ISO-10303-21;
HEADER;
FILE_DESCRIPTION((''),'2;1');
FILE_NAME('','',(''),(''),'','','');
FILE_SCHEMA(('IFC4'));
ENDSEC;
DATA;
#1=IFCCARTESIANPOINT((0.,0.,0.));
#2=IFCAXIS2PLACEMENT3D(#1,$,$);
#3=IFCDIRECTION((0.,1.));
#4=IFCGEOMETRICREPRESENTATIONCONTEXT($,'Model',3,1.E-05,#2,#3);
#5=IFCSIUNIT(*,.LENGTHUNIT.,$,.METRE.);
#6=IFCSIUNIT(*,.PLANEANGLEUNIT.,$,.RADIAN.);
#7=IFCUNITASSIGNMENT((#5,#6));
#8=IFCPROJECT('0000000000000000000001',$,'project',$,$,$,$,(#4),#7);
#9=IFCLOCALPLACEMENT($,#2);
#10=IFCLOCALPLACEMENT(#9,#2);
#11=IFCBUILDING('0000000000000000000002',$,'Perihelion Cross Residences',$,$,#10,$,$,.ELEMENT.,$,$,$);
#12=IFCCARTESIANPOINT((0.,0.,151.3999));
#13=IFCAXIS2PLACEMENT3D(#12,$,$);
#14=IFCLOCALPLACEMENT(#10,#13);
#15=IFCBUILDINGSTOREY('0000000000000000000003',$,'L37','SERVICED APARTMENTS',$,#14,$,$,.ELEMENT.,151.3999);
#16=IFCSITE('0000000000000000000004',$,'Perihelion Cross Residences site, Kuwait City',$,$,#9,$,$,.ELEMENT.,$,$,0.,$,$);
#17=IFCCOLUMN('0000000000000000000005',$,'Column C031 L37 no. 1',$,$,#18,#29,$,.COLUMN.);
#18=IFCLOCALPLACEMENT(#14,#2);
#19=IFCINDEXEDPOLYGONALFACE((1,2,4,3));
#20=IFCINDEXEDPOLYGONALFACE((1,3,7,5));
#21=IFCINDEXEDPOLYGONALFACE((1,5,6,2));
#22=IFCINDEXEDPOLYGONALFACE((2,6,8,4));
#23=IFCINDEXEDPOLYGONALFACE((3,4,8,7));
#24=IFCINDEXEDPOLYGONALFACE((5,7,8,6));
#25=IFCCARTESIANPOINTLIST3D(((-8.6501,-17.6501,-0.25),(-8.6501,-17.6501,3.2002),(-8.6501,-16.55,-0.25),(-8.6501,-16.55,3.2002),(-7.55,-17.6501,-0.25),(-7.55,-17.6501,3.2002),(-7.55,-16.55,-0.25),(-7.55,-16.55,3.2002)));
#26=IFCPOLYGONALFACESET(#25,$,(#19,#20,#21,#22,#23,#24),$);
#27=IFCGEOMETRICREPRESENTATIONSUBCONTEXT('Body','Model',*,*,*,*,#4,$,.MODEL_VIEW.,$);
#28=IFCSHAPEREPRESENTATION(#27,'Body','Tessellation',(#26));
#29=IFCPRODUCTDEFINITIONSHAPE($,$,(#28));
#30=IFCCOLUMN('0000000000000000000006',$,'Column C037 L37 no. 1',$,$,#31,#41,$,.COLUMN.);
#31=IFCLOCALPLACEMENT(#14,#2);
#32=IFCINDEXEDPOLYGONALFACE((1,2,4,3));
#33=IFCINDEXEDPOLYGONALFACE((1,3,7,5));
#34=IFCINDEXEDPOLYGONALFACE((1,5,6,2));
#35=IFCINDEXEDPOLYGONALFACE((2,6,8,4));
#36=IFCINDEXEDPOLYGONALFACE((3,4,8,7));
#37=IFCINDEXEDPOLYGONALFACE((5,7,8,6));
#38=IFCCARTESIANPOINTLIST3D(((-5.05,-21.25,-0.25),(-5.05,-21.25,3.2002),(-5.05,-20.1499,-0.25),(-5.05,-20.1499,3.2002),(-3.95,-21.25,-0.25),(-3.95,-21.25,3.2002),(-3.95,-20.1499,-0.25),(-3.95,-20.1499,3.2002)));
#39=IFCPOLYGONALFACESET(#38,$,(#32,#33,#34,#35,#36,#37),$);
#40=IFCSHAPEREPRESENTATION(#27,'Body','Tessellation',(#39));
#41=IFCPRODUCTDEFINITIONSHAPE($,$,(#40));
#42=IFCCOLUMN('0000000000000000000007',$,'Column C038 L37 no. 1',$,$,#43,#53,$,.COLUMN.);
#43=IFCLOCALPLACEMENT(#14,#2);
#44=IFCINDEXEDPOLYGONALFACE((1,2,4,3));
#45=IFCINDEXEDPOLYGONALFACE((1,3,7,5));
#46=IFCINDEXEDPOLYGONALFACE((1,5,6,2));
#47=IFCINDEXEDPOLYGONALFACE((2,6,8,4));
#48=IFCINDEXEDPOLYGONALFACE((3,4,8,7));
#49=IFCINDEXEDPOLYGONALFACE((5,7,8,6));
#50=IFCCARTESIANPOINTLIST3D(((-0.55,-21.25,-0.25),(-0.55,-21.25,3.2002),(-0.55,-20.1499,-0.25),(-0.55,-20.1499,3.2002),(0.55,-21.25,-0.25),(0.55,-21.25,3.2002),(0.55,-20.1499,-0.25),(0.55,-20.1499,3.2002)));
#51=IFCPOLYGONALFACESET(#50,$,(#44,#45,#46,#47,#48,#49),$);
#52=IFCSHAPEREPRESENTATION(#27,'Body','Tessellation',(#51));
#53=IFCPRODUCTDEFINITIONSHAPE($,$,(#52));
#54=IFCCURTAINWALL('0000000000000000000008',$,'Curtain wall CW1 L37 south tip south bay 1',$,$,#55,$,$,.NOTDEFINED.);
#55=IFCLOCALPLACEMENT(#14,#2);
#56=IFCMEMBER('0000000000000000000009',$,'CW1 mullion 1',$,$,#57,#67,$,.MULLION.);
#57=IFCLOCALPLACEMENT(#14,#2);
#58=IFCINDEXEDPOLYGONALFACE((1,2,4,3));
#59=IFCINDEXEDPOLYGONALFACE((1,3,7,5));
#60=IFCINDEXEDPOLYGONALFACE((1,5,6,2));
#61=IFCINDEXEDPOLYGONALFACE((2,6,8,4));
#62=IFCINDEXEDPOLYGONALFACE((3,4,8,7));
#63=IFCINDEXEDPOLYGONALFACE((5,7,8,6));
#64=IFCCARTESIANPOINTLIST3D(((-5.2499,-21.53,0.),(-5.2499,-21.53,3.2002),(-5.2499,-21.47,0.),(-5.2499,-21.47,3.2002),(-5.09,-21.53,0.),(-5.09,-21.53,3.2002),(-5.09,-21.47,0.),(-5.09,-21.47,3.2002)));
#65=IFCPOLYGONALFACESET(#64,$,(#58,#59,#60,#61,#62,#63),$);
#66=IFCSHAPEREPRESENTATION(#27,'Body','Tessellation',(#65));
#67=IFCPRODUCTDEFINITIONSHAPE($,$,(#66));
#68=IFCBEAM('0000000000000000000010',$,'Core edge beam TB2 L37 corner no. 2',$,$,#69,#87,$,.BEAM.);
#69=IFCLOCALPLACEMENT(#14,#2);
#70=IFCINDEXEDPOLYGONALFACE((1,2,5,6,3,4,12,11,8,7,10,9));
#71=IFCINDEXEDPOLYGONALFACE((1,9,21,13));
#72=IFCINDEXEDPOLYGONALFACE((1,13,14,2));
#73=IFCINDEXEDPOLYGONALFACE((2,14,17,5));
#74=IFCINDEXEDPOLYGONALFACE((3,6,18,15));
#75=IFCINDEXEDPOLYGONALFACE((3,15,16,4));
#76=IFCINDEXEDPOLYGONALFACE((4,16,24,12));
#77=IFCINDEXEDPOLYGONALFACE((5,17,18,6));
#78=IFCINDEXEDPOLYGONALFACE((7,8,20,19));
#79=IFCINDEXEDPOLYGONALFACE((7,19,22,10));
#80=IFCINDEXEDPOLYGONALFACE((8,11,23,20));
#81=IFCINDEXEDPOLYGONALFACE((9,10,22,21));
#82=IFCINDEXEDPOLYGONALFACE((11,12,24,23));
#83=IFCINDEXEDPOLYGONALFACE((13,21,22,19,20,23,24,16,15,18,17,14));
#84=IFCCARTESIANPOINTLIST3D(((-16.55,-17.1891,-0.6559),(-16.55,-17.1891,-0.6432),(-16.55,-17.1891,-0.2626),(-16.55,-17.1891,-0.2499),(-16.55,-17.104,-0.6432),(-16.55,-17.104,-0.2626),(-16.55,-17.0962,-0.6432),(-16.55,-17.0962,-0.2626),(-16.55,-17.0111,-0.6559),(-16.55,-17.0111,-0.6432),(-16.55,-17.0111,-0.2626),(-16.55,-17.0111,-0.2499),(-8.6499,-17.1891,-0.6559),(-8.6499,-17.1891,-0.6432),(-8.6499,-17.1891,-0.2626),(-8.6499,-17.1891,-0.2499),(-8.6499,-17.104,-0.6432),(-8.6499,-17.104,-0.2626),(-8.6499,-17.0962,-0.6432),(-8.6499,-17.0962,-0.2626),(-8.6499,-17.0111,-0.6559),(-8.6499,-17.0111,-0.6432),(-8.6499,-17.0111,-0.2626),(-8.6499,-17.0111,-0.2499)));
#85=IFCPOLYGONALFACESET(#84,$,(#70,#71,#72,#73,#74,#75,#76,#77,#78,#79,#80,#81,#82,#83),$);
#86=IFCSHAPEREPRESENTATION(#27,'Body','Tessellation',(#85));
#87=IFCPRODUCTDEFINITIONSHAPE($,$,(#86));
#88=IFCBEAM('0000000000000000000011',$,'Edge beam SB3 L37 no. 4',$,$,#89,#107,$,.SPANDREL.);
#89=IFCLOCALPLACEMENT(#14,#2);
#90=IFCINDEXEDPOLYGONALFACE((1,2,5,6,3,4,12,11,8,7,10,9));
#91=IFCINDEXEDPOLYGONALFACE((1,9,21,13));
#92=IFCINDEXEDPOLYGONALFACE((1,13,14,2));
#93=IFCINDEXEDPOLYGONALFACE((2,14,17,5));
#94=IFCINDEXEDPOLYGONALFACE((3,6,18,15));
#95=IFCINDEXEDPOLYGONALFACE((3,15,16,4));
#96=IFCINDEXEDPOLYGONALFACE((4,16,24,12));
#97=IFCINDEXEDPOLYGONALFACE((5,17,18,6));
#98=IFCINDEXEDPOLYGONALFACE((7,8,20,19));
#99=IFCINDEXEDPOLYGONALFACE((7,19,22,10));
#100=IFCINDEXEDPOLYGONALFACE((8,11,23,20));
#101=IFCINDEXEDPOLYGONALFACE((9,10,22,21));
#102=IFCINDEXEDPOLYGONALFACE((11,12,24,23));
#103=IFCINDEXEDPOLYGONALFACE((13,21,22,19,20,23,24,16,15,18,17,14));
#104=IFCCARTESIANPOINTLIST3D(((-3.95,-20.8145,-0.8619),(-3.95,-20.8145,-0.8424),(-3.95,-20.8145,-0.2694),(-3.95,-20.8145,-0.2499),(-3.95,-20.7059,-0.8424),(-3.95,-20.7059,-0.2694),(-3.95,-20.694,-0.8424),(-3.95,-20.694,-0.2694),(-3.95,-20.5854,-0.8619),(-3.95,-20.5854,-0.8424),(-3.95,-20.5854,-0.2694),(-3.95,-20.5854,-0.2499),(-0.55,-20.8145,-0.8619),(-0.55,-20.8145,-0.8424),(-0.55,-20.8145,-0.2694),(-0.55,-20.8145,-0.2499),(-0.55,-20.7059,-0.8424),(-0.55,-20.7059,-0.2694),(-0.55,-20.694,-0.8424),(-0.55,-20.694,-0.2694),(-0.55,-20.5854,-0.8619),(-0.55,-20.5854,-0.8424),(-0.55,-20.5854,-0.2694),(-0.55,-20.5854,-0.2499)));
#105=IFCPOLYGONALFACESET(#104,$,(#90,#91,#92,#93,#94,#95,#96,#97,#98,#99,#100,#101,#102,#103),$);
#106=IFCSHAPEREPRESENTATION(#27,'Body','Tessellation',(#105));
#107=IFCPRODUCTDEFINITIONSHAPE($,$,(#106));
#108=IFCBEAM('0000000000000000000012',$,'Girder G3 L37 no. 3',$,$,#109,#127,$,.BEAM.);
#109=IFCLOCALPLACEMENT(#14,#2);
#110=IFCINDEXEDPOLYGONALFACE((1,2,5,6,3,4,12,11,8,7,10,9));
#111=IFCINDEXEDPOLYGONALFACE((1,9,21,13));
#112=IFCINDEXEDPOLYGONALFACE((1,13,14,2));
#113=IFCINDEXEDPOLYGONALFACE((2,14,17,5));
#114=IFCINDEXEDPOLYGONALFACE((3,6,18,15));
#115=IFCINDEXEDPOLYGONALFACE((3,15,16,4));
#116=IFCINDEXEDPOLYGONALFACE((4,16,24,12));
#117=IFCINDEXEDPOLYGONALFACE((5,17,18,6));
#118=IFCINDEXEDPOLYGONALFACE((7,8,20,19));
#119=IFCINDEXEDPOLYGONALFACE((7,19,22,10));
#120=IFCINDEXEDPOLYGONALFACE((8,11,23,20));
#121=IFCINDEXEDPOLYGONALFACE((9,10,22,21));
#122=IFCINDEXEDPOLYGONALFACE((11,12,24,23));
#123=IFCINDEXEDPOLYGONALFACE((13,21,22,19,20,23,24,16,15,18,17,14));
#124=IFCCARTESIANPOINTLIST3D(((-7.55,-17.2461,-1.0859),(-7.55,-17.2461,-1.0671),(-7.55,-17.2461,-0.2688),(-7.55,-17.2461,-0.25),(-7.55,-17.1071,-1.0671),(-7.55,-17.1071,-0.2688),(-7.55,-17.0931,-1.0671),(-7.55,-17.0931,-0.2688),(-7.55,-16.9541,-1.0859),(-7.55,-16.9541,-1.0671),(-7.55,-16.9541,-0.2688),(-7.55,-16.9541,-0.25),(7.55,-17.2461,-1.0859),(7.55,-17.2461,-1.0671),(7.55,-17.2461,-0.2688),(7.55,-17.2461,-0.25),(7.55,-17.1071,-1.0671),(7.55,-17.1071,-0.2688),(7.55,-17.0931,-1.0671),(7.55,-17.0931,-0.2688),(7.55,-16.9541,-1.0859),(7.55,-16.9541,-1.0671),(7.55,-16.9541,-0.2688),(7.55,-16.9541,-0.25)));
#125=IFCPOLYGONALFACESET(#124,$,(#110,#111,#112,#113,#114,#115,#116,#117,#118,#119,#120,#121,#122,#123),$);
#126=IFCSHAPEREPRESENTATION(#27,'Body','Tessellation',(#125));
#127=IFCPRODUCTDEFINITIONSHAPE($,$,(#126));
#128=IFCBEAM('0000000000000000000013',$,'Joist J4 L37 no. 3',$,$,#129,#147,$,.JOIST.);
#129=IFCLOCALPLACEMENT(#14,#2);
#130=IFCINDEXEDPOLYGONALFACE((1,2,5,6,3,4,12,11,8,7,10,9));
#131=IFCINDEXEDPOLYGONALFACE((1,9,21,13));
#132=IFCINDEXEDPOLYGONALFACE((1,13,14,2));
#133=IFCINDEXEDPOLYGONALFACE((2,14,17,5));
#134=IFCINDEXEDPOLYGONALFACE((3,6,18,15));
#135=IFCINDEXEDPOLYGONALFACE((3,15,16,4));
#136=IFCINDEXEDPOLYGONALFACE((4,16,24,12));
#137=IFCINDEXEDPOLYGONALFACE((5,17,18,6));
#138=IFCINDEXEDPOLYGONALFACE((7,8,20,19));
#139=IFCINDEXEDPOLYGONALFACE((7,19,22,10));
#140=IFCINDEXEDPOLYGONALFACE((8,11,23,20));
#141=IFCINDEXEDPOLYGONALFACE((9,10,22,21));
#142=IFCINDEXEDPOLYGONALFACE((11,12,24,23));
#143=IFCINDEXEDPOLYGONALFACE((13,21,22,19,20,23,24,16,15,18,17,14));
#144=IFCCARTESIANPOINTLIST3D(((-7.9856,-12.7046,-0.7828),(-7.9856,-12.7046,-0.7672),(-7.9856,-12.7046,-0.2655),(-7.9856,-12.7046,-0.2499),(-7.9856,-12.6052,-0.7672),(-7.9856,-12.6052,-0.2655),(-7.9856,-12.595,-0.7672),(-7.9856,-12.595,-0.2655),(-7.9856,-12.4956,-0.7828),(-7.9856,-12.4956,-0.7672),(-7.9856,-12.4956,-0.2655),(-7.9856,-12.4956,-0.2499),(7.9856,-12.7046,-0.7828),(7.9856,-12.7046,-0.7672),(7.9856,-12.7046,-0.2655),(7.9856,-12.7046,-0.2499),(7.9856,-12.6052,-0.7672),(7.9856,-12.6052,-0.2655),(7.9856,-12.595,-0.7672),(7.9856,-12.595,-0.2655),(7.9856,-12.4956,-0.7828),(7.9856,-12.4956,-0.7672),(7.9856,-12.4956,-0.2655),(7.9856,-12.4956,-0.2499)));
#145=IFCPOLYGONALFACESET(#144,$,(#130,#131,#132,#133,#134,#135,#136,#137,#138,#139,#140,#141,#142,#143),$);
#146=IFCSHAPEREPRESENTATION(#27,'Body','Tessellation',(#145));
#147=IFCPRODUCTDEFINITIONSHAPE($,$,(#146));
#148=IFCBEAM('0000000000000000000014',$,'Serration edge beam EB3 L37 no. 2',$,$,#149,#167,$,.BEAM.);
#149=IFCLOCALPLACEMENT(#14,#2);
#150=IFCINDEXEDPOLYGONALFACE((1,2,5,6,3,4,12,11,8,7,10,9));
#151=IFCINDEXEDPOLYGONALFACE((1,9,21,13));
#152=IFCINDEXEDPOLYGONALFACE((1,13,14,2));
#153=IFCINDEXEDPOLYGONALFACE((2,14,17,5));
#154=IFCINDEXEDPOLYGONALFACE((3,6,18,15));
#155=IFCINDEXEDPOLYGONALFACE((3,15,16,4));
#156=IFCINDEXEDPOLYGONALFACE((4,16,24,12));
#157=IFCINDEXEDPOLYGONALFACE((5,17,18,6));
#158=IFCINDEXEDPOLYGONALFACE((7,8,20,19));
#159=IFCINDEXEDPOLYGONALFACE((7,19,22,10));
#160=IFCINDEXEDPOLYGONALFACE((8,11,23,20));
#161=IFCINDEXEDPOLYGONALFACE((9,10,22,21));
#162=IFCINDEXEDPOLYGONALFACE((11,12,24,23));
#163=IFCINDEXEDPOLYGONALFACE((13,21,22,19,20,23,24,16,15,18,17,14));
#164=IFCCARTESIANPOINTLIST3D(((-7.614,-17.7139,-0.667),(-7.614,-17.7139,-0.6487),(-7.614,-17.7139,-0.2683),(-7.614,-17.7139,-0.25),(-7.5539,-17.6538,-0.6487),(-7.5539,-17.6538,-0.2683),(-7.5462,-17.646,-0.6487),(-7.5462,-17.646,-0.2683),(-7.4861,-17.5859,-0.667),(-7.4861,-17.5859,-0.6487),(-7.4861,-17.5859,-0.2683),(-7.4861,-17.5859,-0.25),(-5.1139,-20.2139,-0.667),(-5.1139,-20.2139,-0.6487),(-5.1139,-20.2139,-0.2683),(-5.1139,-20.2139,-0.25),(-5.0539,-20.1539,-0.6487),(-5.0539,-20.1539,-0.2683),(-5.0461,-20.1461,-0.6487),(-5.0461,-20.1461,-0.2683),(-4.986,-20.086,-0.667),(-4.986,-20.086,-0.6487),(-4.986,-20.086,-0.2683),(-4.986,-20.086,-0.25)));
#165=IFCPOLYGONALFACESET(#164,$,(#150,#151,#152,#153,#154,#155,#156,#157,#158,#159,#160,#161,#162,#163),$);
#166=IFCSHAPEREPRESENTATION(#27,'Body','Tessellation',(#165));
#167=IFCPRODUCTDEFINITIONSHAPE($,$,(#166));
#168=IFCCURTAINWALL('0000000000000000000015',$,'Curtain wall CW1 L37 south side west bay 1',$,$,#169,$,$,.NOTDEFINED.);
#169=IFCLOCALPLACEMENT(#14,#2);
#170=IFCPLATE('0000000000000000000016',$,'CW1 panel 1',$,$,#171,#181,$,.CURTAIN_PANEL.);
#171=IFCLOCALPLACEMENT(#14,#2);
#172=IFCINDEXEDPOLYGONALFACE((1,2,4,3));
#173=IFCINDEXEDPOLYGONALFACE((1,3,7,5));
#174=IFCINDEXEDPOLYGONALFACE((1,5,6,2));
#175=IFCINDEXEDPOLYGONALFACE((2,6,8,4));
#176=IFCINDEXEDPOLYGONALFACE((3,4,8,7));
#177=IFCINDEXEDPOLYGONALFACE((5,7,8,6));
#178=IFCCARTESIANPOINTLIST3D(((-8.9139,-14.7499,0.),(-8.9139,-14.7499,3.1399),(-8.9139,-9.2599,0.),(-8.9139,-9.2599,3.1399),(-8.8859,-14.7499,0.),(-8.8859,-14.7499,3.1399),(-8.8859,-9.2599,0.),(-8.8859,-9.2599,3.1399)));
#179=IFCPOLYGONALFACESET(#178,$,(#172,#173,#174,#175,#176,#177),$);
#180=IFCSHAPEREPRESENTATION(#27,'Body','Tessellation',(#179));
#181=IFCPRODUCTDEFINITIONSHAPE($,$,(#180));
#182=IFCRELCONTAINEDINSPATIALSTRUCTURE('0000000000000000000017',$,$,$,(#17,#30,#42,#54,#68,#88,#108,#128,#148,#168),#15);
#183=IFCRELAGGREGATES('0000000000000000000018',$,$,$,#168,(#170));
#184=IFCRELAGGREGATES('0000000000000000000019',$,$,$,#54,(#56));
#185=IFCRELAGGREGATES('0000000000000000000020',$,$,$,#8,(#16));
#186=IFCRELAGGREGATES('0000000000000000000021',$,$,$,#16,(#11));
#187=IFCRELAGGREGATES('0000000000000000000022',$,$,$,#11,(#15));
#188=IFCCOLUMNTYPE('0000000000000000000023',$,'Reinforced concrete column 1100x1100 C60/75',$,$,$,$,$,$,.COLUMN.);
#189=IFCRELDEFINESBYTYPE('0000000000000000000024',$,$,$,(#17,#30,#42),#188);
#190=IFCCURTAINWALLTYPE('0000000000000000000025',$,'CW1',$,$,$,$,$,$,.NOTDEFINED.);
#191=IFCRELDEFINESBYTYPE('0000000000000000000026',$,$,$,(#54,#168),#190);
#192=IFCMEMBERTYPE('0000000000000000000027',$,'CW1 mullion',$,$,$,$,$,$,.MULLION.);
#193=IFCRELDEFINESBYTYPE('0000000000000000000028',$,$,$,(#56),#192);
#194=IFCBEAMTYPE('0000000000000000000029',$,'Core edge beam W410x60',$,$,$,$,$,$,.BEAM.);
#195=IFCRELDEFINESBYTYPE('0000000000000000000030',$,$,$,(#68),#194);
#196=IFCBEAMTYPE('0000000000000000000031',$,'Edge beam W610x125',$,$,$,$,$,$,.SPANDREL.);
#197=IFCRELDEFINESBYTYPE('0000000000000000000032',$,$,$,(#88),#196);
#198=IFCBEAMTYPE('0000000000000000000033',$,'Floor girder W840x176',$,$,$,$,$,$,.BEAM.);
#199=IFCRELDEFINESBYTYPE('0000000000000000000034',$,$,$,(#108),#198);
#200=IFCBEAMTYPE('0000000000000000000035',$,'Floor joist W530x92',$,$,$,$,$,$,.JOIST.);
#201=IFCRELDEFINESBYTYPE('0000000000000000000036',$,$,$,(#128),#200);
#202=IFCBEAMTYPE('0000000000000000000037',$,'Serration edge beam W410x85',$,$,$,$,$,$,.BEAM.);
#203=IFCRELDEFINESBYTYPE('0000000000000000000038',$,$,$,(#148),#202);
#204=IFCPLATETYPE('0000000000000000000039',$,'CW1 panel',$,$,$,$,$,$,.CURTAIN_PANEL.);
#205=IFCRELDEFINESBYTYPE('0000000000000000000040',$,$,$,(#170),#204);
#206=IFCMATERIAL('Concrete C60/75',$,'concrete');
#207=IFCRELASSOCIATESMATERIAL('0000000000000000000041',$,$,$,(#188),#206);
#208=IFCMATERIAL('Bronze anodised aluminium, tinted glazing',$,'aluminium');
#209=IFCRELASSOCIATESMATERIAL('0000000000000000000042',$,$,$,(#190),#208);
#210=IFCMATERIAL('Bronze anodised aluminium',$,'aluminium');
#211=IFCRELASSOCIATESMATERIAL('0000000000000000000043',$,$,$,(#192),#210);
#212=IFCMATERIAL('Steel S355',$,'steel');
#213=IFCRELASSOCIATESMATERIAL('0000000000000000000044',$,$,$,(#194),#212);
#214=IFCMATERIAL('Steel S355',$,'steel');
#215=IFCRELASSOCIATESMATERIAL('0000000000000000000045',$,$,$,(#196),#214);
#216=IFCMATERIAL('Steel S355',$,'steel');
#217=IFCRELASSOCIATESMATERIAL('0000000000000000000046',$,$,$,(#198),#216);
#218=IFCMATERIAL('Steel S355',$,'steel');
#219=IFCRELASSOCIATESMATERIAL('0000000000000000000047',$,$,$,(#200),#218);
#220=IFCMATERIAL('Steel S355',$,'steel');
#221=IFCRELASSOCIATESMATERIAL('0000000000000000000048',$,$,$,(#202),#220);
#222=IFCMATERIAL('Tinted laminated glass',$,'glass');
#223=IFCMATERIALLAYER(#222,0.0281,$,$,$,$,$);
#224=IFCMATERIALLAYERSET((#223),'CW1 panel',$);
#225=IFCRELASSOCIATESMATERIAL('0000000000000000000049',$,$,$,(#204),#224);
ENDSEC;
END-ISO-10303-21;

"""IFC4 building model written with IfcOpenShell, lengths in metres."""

from ifc_helpers import new_model, si_unit, direction, frame, origin, origin_2d, place, context, subcontext, project, spatial, rectangle, i_section, extrude, material, layer, layer_set, material_profile, profile_set, type_object, element, aggregate, save


model = new_model("IFC4")

# Units and contexts
model_context = context("Model", 3, precision=1e-05, world=origin(), true_north=direction((0.0, 1.0)))
body_context = subcontext(model_context, "Body", "Model", "MODEL_VIEW")
ifc_project = project(units=[si_unit("LENGTHUNIT", "METRE"), si_unit("PLANEANGLEUNIT", "RADIAN")], contexts=[model_context])

# Site, building, storey
site_placement = place(None, origin())
site = spatial("IfcSite", under=ifc_project, at=site_placement, Name="Perihelion Cross Residences site, Kuwait City", CompositionType="ELEMENT", RefElevation=0.0)
building_placement = place(site_placement, origin())
building = spatial("IfcBuilding", under=site, at=building_placement, Name="Perihelion Cross Residences", CompositionType="ELEMENT")
storey_placement = place(building_placement, frame((0.0, 0.0, 151.3999)))
storey = spatial("IfcBuildingStorey", under=building, at=storey_placement, Name="L37", Description="SERVICED APARTMENTS", CompositionType="ELEMENT", Elevation=151.3999)

# Columns
ifc_material_1 = material(Name="Concrete C60/75", Category="concrete")
ifc_material_profile_1 = material_profile(ifc_material_1, rectangle(XDim=1.1001, YDim=1.1001, at=origin_2d()), Name="RC 1100x1100")
ifc_profile_set_1 = profile_set([ifc_material_profile_1], Name="Concrete C60/75")
column_type = type_object("IfcColumnType", Name="Reinforced concrete column 1100x1100 C60/75", PredefinedType="COLUMN", material=ifc_profile_set_1)
for number, where, z_axis, x_axis, name in (
    (1, (-8.1001, -17.1001, -0.25), (0.0, 0.0, 1.0), (1.0, 0.0, 0.0), "Column C031 L37 no. 1"),
    (2, (-4.5, -20.7, -0.25), (0.0, 0.0, 1.0), (1.0, 0.0, 0.0), "Column C037 L37 no. 1"),
    (3, (0.0, -20.7, -0.25), (0.0, 0.0, 1.0), (1.0, 0.0, 0.0), "Column C038 L37 no. 1"),
):
    element("IfcColumn", number, at=place(storey_placement, frame(where, z_axis=z_axis, x_axis=x_axis)), inside=storey, type_object=column_type, Name=name, PredefinedType="COLUMN", context=body_context, shape_type="SweptSolid", body=[
        extrude(rectangle(XDim=1.1001, YDim=1.1001, at=origin_2d()), origin(), (0.0, 0.0, 1.0), 3.4502),
    ])

# Curtain wall, member
ifc_material_2 = material(Name="Bronze anodised aluminium, tinted glazing", Category="aluminium")
curtain_wall_type = type_object("IfcCurtainWallType", Name="CW1", PredefinedType="NOTDEFINED", material=ifc_material_2)
curtain_wall_1_placement = place(storey_placement, origin())
curtain_wall_1 = element("IfcCurtainWall", 4, at=curtain_wall_1_placement, inside=storey, type_object=curtain_wall_type, Name="Curtain wall CW1 L37 south tip south bay 1", PredefinedType="NOTDEFINED")
ifc_material_3 = material(Name="Bronze anodised aluminium", Category="aluminium")
ifc_material_profile_2 = material_profile(ifc_material_3, rectangle(XDim=0.0601, YDim=0.1599, at=origin_2d()), Name="CW1 mullion")
ifc_profile_set_2 = profile_set([ifc_material_profile_2], Name="Bronze anodised aluminium")
member_type = type_object("IfcMemberType", Name="CW1 mullion", PredefinedType="MULLION", material=ifc_profile_set_2)
member_placement = place(storey_placement, frame((-5.1699, -21.5, 0.0), z_axis=(0.0, 0.0, 1.0), x_axis=(0.0, 1.0, 0.0)))
member = element("IfcMember", 5, at=member_placement, type_object=member_type, Name="CW1 mullion 1", PredefinedType="MULLION", context=body_context, shape_type="SweptSolid", body=[
    extrude(rectangle(XDim=0.0601, YDim=0.1599, at=origin_2d()), origin(), (0.0, 0.0, 1.0), 3.2002),
])

# Beams
ifc_material_4 = material(Name="Steel S355", Category="steel")
ifc_material_profile_3 = material_profile(ifc_material_4, i_section(OverallWidth=0.178, OverallDepth=0.406, WebThickness=0.0078, FlangeThickness=0.0127, at=origin_2d()), Name="W410x60")
ifc_profile_set_3 = profile_set([ifc_material_profile_3], Name="Steel S355")
beam_type_1 = type_object("IfcBeamType", Name="Core edge beam W410x60", PredefinedType="BEAM", material=ifc_profile_set_3)
beam_1_placement = place(storey_placement, frame((-8.6499, -17.1001, -0.4529), z_axis=(-1.0, 0.0, 0.0), x_axis=(0.0, -1.0, 0.0)))
element("IfcBeam", 6, at=beam_1_placement, inside=storey, type_object=beam_type_1, Name="Core edge beam TB2 L37 corner no. 2", PredefinedType="BEAM", context=body_context, shape_type="SweptSolid", body=[
    extrude(i_section(OverallWidth=0.178, OverallDepth=0.406, WebThickness=0.0078, FlangeThickness=0.0127, at=origin_2d()), origin(), (0.0, 0.0, 1.0), 7.9001),
])
ifc_material_5 = material(Name="Steel S355", Category="steel")
ifc_material_profile_4 = material_profile(ifc_material_5, i_section(OverallWidth=0.229, OverallDepth=0.6121, WebThickness=0.012, FlangeThickness=0.0195, at=origin_2d()), Name="W610x125")
ifc_profile_set_4 = profile_set([ifc_material_profile_4], Name="Steel S355")
beam_type_2 = type_object("IfcBeamType", Name="Edge beam W610x125", PredefinedType="SPANDREL", material=ifc_profile_set_4)
beam_2_placement = place(storey_placement, frame((-3.95, -20.7, -0.5559), z_axis=(1.0, 0.0, 0.0), x_axis=(0.0, 1.0, 0.0)))
element("IfcBeam", 7, at=beam_2_placement, inside=storey, type_object=beam_type_2, Name="Edge beam SB3 L37 no. 4", PredefinedType="SPANDREL", context=body_context, shape_type="SweptSolid", body=[
    extrude(i_section(OverallWidth=0.229, OverallDepth=0.6121, WebThickness=0.012, FlangeThickness=0.0195, at=origin_2d()), origin(), (0.0, 0.0, 1.0), 3.3999),
])
ifc_material_6 = material(Name="Steel S355", Category="steel")
ifc_material_profile_5 = material_profile(ifc_material_6, i_section(OverallWidth=0.292, OverallDepth=0.8359, WebThickness=0.0139, FlangeThickness=0.0188, at=origin_2d()), Name="W840x176")
ifc_profile_set_5 = profile_set([ifc_material_profile_5], Name="Steel S355")
beam_type_3 = type_object("IfcBeamType", Name="Floor girder W840x176", PredefinedType="BEAM", material=ifc_profile_set_5)
beam_3_placement = place(storey_placement, frame((-7.55, -17.1001, -0.668), z_axis=(1.0, 0.0, 0.0), x_axis=(0.0, 1.0, 0.0)))
element("IfcBeam", 8, at=beam_3_placement, inside=storey, type_object=beam_type_3, Name="Girder G3 L37 no. 3", PredefinedType="BEAM", context=body_context, shape_type="SweptSolid", body=[
    extrude(i_section(OverallWidth=0.292, OverallDepth=0.8359, WebThickness=0.0139, FlangeThickness=0.0188, at=origin_2d()), origin(), (0.0, 0.0, 1.0), 15.1001),
])
ifc_material_7 = material(Name="Steel S355", Category="steel")
ifc_material_profile_6 = material_profile(ifc_material_7, i_section(OverallWidth=0.209, OverallDepth=0.533, WebThickness=0.0103, FlangeThickness=0.0156, at=origin_2d()), Name="W530x92")
ifc_profile_set_6 = profile_set([ifc_material_profile_6], Name="Steel S355")
beam_type_4 = type_object("IfcBeamType", Name="Floor joist W530x92", PredefinedType="JOIST", material=ifc_profile_set_6)
beam_4_placement = place(storey_placement, frame((-7.9856, -12.6001, -0.5164), z_axis=(1.0, 0.0, 0.0), x_axis=(0.0, 1.0, 0.0)))
element("IfcBeam", 9, at=beam_4_placement, inside=storey, type_object=beam_type_4, Name="Joist J4 L37 no. 3", PredefinedType="JOIST", context=body_context, shape_type="SweptSolid", body=[
    extrude(i_section(OverallWidth=0.209, OverallDepth=0.533, WebThickness=0.0103, FlangeThickness=0.0156, at=origin_2d()), origin(), (0.0, 0.0, 1.0), 15.9712),
])
ifc_material_8 = material(Name="Steel S355", Category="steel")
ifc_material_profile_7 = material_profile(ifc_material_8, i_section(OverallWidth=0.1809, OverallDepth=0.417, WebThickness=0.011, FlangeThickness=0.0183, at=origin_2d()), Name="W410x85")
ifc_profile_set_7 = profile_set([ifc_material_profile_7], Name="Steel S355")
beam_type_5 = type_object("IfcBeamType", Name="Serration edge beam W410x85", PredefinedType="BEAM", material=ifc_profile_set_7)
beam_5_placement = place(storey_placement, frame((-7.55, -17.6499, -0.4585), z_axis=(0.707107, -0.707107, 0.0), x_axis=(0.707107, 0.707107, 0.0)))
element("IfcBeam", 10, at=beam_5_placement, inside=storey, type_object=beam_type_5, Name="Serration edge beam EB3 L37 no. 2", PredefinedType="BEAM", context=body_context, shape_type="SweptSolid", body=[
    extrude(i_section(OverallWidth=0.1809, OverallDepth=0.417, WebThickness=0.011, FlangeThickness=0.0183, at=origin_2d()), origin(), (0.0, 0.0, 1.0), 3.5356),
])

# Curtain wall, plate
curtain_wall_2_placement = place(storey_placement, origin())
curtain_wall_2 = element("IfcCurtainWall", 11, at=curtain_wall_2_placement, inside=storey, type_object=curtain_wall_type, Name="Curtain wall CW1 L37 south side west bay 1", PredefinedType="NOTDEFINED")
ifc_material_9 = material(Name="Tinted laminated glass", Category="glass")
ifc_layer_1 = layer(ifc_material_9, 0.0281)
ifc_layer_set_1 = layer_set([ifc_layer_1], Name="CW1 panel")
plate_type = type_object("IfcPlateType", Name="CW1 panel", PredefinedType="CURTAIN_PANEL", material=ifc_layer_set_1)
plate_1_placement = place(storey_placement, frame((-8.8999, -12.0049, 0.0), z_axis=(0.0, 0.0, 1.0), x_axis=(0.0, -1.0, 0.0)))
plate_1 = element("IfcPlate", 12, at=plate_1_placement, type_object=plate_type, Name="CW1 panel 1", PredefinedType="CURTAIN_PANEL", context=body_context, shape_type="SweptSolid", body=[
    extrude(rectangle(XDim=5.49, YDim=0.0281, at=origin_2d()), origin(), (0.0, 0.0, 1.0), 3.1399),
])
aggregate(curtain_wall_2, [plate_1])

aggregate(curtain_wall_1, [member])

save(model, "model.ifc")
